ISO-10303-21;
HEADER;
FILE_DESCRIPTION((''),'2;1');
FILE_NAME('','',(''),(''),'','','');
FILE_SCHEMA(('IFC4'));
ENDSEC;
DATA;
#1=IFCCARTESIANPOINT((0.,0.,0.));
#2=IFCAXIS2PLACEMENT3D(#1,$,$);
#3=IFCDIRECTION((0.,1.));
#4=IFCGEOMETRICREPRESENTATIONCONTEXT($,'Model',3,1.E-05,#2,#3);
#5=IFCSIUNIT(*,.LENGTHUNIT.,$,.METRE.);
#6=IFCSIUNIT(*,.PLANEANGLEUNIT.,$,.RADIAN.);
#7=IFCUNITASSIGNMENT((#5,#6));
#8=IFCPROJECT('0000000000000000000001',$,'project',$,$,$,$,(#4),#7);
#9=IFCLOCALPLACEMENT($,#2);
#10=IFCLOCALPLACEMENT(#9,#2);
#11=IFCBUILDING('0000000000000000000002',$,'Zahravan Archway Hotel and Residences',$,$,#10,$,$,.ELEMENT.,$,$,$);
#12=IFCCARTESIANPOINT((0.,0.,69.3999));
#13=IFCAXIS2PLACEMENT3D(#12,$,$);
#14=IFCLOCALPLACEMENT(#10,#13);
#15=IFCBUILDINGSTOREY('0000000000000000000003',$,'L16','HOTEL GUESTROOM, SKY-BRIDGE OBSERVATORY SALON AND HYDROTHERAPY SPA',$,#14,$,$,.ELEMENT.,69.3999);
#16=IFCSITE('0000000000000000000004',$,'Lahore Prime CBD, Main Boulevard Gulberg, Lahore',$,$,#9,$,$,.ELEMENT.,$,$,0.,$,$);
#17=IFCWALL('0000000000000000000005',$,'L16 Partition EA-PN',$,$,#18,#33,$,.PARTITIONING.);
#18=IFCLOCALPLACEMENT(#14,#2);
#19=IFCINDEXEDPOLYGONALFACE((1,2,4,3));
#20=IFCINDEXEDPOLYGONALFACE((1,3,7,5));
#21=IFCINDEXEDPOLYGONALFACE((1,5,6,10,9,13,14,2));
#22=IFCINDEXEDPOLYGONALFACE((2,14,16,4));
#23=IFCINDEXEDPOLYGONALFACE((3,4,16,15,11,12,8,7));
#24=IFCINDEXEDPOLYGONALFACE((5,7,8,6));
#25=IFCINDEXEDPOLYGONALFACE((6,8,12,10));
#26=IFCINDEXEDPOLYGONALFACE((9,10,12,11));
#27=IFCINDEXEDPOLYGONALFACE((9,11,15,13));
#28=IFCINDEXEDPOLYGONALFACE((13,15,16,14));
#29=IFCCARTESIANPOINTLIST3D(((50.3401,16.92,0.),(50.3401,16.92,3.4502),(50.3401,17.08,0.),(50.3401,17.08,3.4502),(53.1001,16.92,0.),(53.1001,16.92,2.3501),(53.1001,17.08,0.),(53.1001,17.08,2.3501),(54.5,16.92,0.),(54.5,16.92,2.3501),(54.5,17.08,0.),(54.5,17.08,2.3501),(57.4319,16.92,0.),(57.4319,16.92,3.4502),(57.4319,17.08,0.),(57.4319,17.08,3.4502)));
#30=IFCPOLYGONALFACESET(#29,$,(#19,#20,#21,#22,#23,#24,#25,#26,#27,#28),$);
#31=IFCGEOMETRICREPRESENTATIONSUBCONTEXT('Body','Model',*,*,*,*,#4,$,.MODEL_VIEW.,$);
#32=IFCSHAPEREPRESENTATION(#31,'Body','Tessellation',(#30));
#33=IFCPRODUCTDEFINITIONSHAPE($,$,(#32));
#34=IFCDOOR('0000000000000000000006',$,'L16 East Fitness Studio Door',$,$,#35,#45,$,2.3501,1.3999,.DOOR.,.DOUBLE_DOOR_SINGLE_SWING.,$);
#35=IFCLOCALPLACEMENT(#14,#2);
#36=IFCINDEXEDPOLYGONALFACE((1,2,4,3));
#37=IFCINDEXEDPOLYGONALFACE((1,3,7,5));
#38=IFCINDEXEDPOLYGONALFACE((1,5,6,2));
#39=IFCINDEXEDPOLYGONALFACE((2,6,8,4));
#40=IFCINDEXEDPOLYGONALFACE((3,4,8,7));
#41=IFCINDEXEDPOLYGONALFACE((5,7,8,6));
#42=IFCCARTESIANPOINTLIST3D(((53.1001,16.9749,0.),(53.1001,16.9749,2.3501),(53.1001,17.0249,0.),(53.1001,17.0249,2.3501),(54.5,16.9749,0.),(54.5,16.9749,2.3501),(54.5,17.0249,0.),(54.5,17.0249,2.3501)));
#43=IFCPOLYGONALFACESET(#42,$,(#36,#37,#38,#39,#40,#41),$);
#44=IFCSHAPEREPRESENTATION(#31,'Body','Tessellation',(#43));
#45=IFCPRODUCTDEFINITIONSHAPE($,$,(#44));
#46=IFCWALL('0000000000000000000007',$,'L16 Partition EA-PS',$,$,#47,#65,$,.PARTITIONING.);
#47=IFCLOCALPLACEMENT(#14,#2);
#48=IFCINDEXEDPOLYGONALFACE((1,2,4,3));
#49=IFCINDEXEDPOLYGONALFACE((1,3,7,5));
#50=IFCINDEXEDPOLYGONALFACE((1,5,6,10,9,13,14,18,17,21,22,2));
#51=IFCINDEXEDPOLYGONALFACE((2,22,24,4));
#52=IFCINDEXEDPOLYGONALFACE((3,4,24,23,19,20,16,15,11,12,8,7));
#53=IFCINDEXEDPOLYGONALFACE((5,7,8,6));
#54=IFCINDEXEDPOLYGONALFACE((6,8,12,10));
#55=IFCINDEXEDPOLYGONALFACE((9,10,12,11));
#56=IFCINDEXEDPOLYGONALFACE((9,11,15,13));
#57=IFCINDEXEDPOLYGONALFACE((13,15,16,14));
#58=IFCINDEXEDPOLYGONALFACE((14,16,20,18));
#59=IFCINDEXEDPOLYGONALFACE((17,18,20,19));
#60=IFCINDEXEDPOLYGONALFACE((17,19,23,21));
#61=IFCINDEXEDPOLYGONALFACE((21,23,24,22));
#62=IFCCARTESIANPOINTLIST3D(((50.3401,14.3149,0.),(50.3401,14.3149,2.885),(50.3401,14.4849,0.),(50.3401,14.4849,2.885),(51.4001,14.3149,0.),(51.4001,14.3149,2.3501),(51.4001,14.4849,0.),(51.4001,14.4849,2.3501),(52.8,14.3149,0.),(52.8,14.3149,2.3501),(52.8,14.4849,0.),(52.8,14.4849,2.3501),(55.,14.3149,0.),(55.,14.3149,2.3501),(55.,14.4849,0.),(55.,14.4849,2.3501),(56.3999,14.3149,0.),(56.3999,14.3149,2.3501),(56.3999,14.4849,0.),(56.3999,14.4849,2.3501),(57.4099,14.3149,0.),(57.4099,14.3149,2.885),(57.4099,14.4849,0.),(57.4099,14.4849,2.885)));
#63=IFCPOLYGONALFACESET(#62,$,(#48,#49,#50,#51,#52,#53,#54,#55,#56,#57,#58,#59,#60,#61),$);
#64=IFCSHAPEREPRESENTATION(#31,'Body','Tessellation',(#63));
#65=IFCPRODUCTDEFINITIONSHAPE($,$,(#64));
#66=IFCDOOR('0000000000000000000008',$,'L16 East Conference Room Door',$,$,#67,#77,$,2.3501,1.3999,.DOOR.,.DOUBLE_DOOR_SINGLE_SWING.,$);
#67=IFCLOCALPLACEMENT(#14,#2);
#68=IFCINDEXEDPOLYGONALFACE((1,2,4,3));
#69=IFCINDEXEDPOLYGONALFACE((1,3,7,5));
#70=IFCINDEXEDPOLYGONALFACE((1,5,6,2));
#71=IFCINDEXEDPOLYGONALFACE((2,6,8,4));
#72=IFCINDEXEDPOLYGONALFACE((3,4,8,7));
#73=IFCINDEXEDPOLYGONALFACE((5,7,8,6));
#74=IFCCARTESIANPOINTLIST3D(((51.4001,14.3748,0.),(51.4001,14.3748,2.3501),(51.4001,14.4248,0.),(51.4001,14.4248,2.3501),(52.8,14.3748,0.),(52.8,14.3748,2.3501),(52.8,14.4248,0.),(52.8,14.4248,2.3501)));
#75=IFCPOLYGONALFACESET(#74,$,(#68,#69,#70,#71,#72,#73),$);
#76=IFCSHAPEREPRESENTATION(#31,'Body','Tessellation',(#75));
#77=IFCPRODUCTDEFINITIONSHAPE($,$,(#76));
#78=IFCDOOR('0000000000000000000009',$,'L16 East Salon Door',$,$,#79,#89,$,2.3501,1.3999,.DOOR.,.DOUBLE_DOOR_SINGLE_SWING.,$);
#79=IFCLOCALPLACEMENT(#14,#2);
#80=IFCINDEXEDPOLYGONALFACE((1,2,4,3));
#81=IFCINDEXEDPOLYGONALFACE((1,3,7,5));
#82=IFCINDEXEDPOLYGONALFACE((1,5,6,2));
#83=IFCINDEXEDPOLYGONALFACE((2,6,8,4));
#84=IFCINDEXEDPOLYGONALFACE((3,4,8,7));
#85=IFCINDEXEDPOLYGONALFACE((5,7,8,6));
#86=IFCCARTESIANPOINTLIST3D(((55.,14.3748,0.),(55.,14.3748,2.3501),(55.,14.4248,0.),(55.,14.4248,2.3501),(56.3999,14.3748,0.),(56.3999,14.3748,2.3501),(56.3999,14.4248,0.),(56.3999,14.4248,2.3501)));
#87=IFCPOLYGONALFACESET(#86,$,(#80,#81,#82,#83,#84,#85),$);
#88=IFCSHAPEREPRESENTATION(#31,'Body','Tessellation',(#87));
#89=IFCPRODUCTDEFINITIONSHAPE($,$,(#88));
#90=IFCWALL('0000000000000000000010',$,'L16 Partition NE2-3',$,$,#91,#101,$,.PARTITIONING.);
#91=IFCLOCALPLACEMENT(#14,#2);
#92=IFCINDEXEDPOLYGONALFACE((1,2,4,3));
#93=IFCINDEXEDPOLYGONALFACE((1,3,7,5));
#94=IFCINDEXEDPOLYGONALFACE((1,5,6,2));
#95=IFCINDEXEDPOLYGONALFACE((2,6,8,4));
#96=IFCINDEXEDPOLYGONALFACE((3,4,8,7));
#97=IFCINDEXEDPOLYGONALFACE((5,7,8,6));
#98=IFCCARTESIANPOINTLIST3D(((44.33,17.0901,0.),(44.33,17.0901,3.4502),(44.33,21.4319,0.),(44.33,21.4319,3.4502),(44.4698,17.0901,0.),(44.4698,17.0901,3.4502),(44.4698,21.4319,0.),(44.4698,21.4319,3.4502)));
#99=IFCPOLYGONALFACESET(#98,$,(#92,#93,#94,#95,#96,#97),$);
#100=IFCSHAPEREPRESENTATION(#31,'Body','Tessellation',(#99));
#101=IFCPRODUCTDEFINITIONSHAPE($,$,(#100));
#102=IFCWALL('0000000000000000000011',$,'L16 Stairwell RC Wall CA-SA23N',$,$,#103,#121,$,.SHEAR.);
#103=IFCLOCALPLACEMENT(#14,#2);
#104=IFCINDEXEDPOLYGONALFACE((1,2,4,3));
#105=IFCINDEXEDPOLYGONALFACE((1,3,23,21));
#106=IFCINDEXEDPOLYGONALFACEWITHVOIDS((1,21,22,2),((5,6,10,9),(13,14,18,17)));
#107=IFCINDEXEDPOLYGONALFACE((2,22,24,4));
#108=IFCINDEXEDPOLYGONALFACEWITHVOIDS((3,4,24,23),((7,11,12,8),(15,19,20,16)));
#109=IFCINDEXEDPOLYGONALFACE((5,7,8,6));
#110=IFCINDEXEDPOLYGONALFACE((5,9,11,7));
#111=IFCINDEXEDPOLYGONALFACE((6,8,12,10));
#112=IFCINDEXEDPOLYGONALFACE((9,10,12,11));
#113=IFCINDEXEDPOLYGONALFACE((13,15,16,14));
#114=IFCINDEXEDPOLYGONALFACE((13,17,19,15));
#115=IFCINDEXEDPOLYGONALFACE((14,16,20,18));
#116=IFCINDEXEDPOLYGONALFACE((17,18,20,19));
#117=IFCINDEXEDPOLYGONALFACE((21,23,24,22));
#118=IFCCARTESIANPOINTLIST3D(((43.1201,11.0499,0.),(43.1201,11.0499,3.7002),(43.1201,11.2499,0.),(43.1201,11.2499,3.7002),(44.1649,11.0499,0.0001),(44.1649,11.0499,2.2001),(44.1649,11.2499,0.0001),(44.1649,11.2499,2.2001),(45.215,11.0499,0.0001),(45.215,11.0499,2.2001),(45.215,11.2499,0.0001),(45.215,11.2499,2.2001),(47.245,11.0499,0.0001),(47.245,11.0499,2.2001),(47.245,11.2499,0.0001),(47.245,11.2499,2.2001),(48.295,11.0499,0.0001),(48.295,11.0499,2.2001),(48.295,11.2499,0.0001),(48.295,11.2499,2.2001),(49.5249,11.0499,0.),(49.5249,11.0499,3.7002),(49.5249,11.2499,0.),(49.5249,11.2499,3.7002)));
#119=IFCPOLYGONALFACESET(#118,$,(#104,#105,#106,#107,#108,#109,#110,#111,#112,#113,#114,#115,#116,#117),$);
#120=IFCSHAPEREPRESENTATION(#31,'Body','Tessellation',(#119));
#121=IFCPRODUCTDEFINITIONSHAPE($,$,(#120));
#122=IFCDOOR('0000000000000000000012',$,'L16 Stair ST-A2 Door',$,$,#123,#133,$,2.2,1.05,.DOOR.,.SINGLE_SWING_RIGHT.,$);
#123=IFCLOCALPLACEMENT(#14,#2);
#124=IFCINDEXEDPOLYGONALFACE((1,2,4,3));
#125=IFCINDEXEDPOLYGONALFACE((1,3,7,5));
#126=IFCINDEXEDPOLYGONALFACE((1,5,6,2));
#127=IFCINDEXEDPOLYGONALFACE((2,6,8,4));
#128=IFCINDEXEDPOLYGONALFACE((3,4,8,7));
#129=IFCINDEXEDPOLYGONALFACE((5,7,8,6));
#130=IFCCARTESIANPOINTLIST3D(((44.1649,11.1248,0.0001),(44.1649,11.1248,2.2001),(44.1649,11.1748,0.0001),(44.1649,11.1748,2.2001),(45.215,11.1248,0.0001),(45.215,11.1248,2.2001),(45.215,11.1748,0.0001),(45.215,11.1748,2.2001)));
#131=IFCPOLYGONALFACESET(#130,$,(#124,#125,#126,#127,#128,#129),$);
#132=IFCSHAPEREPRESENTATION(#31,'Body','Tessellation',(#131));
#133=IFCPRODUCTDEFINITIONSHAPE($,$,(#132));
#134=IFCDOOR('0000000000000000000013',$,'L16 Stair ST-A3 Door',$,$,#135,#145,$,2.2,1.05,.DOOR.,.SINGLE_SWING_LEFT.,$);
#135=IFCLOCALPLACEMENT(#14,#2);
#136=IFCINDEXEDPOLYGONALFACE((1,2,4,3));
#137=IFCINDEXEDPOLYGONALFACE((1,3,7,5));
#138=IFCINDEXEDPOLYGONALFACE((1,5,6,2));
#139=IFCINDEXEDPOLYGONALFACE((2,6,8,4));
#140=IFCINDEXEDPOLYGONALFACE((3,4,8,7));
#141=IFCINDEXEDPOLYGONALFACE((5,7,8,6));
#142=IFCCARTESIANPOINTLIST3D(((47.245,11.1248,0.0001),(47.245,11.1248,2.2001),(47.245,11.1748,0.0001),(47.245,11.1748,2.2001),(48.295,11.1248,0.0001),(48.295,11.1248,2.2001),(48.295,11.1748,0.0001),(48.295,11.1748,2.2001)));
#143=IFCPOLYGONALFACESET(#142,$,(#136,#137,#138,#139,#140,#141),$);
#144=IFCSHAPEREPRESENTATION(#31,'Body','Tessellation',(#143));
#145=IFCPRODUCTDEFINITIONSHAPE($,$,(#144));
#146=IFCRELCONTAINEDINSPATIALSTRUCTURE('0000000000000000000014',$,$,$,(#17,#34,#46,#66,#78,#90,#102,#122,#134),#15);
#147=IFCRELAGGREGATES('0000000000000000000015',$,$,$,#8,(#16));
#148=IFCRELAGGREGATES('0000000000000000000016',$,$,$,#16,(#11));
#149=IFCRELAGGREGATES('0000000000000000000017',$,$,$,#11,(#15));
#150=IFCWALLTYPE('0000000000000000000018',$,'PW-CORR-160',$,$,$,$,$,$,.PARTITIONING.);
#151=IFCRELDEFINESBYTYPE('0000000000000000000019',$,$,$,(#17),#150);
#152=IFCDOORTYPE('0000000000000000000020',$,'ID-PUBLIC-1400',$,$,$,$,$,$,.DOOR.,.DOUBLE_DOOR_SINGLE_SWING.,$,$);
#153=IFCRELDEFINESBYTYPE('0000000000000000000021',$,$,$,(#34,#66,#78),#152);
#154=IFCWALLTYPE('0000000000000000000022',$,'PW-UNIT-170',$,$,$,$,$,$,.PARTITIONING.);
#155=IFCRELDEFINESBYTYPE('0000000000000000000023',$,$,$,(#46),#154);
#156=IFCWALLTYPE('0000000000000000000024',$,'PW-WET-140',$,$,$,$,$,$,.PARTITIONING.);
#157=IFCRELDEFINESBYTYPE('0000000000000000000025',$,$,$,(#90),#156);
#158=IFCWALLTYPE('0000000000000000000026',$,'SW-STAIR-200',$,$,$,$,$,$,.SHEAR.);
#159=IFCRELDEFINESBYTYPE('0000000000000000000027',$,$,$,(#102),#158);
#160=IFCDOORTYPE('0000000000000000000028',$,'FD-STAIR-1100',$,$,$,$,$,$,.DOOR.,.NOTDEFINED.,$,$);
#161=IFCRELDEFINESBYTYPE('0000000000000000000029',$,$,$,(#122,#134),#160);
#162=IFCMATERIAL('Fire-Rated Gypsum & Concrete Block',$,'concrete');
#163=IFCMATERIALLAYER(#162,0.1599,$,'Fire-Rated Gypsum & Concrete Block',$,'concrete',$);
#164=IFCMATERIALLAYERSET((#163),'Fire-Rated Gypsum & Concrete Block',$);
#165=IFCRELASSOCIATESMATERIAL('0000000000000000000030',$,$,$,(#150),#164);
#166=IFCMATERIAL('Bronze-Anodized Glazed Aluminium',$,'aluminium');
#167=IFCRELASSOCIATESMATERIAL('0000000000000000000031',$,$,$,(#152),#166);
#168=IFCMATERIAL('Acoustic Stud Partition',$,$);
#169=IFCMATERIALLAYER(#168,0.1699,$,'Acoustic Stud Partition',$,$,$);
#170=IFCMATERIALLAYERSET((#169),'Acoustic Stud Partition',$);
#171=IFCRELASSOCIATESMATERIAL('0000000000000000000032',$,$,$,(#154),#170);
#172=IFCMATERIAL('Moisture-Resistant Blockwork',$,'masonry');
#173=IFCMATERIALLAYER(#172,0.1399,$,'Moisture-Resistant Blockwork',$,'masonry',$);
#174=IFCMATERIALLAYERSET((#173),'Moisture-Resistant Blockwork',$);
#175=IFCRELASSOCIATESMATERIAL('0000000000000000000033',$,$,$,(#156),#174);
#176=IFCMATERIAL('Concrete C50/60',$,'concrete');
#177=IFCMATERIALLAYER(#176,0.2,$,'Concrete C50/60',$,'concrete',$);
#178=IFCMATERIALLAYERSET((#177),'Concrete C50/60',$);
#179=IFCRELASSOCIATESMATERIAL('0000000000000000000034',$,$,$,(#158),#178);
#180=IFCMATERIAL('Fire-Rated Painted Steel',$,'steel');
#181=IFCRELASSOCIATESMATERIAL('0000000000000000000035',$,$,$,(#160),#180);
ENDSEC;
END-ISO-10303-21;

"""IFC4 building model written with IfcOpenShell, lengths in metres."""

from ifc_helpers import new_model, si_unit, direction, frame, frame_2d, origin, place, context, subcontext, project, spatial, rectangle, extrude, source, transform, mapped, material, layer, layer_set, type_object, type_shapes, element, fill, save


model = new_model("IFC4")

# Units and contexts
model_context = context("Model", 3, precision=1e-05, world=origin(), true_north=direction((0.0, 1.0)))
body_context = subcontext(model_context, "Body", "Model", "MODEL_VIEW")
ifc_project = project(units=[si_unit("LENGTHUNIT", "METRE"), si_unit("PLANEANGLEUNIT", "RADIAN")], contexts=[model_context])

# Site, building, storey
site_placement = place(None, origin())
site = spatial("IfcSite", under=ifc_project, at=site_placement, Name="Lahore Prime CBD, Main Boulevard Gulberg, Lahore", CompositionType="ELEMENT", RefElevation=0.0)
building_placement = place(site_placement, origin())
building = spatial("IfcBuilding", under=site, at=building_placement, Name="Zahravan Archway Hotel and Residences", CompositionType="ELEMENT")
storey_placement = place(building_placement, frame((0.0, 0.0, 69.3999)))
storey = spatial("IfcBuildingStorey", under=building, at=storey_placement, Name="L16", Description="HOTEL GUESTROOM, SKY-BRIDGE OBSERVATORY SALON AND HYDROTHERAPY SPA", CompositionType="ELEMENT", Elevation=69.3999)

# Wall, opening, door
ifc_material_1 = material(Name="Fire-Rated Gypsum & Concrete Block", Category="concrete")
ifc_material_2 = material(Name="Fire-Rated Painted Steel", Category="steel")
ifc_layer_1 = layer(ifc_material_1, 0.1599, Name="Fire-Rated Gypsum & Concrete Block", Category="concrete")
ifc_layer_set_1 = layer_set([ifc_layer_1], Name="Fire-Rated Gypsum & Concrete Block")
wall_type_1 = type_object("IfcWallType", Name="PW-CORR-160", PredefinedType="PARTITIONING", material=ifc_layer_set_1)
wall_1_placement = place(storey_placement, frame((50.3401, 17.0, 0.0), z_axis=(0.0, 0.0, 1.0), x_axis=(1.0, 0.0, 0.0)))
wall_1 = element("IfcWall", 1, at=wall_1_placement, inside=storey, type_object=wall_type_1, Name="L16 Partition EA-PN", PredefinedType="PARTITIONING", context=body_context, shape_type="SweptSolid", body=[
    extrude(rectangle(XDim=7.0918, YDim=0.1599, at=frame_2d((3.5459, 0.0))), origin(), (0.0, 0.0, 1.0), 3.4502),
])
opening_1_placement = place(wall_1_placement, frame((2.76, 0.0, 0.0)))
opening_1 = element("IfcOpeningElement", 2, at=opening_1_placement, cuts=wall_1, PredefinedType="OPENING", context=body_context, shape_type="SweptSolid", body=[
    extrude(rectangle(XDim=1.3999, YDim=2.3501, at=frame_2d((0.7, 1.175))), frame((0.0, 0.0898, 0.0), z_axis=(0.0, -1.0, 0.0), x_axis=(1.0, 0.0, 0.0)), (0.0, 0.0, 1.0), 0.1799),
])
ifc_material_3 = material(Name="Bronze-Anodized Glazed Aluminium", Category="aluminium")
door_type_1 = type_object("IfcDoorType", Name="ID-PUBLIC-1400", OperationType="DOUBLE_DOOR_SINGLE_SWING", PredefinedType="DOOR", material=ifc_material_3)
shared_shape_1 = source(origin(), body_context, "Body", "SweptSolid", [
    extrude(rectangle(XDim=1.3999, YDim=2.3501, at=frame_2d((0.7, 1.175))), frame((0.0, 0.0249, 0.0), z_axis=(0.0, -1.0, 0.0), x_axis=(1.0, 0.0, 0.0)), (0.0, 0.0, 1.0), 0.05),
])
type_shapes(door_type_1, [shared_shape_1])
door_1_placement = place(opening_1_placement, origin())
door_1 = element("IfcDoor", 3, at=door_1_placement, inside=storey, type_object=door_type_1, Name="L16 East Fitness Studio Door", OperationType="DOUBLE_DOOR_SINGLE_SWING", OverallHeight=2.3501, OverallWidth=1.3999, PredefinedType="DOOR", context=body_context, shape_type="MappedRepresentation", body=[
    mapped(shared_shape_1, transform((0.0, 0.0, 0.0), scale=1.0)),
])
fill(opening_1, door_1)

# Wall, openings, doors
ifc_material_4 = material(Name="Acoustic Stud Partition")
ifc_layer_2 = layer(ifc_material_4, 0.1699, Name="Acoustic Stud Partition")
ifc_layer_set_2 = layer_set([ifc_layer_2], Name="Acoustic Stud Partition")
wall_type_2 = type_object("IfcWallType", Name="PW-UNIT-170", PredefinedType="PARTITIONING", material=ifc_layer_set_2)
wall_2_placement = place(storey_placement, frame((50.3401, 14.3999, 0.0), z_axis=(0.0, 0.0, 1.0), x_axis=(1.0, 0.0, 0.0)))
wall_2 = element("IfcWall", 4, at=wall_2_placement, inside=storey, type_object=wall_type_2, Name="L16 Partition EA-PS", PredefinedType="PARTITIONING", context=body_context, shape_type="SweptSolid", body=[
    extrude(rectangle(XDim=7.0698, YDim=0.1699, at=frame_2d((3.5349, 0.0))), origin(), (0.0, 0.0, 1.0), 2.885),
])
opening_2_placement = place(wall_2_placement, frame((1.0601, 0.0, 0.0)))
opening_2 = element("IfcOpeningElement", 5, at=opening_2_placement, cuts=wall_2, PredefinedType="OPENING", context=body_context, shape_type="SweptSolid", body=[
    extrude(rectangle(XDim=1.3999, YDim=2.3501, at=frame_2d((0.7, 1.175))), frame((0.0, 0.095, 0.0), z_axis=(0.0, -1.0, 0.0), x_axis=(1.0, 0.0, 0.0)), (0.0, 0.0, 1.0), 0.1899),
])
opening_3_placement = place(wall_2_placement, frame((4.6599, 0.0, 0.0)))
opening_3 = element("IfcOpeningElement", 6, at=opening_3_placement, cuts=wall_2, PredefinedType="OPENING", context=body_context, shape_type="SweptSolid", body=[
    extrude(rectangle(XDim=1.3999, YDim=2.3501, at=frame_2d((0.7, 1.175))), frame((0.0, 0.095, 0.0), z_axis=(0.0, -1.0, 0.0), x_axis=(1.0, 0.0, 0.0)), (0.0, 0.0, 1.0), 0.1899),
])
door_2_placement = place(opening_2_placement, origin())
door_2 = element("IfcDoor", 7, at=door_2_placement, inside=storey, type_object=door_type_1, Name="L16 East Conference Room Door", OperationType="DOUBLE_DOOR_SINGLE_SWING", OverallHeight=2.3501, OverallWidth=1.3999, PredefinedType="DOOR", context=body_context, shape_type="MappedRepresentation", body=[
    mapped(shared_shape_1, transform((0.0, 0.0, 0.0), scale=1.0)),
])
fill(opening_2, door_2)
door_3_placement = place(opening_3_placement, origin())
door_3 = element("IfcDoor", 8, at=door_3_placement, inside=storey, type_object=door_type_1, Name="L16 East Salon Door", OperationType="DOUBLE_DOOR_SINGLE_SWING", OverallHeight=2.3501, OverallWidth=1.3999, PredefinedType="DOOR", context=body_context, shape_type="MappedRepresentation", body=[
    mapped(shared_shape_1, transform((0.0, 0.0, 0.0), scale=1.0)),
])
fill(opening_3, door_3)

# Wall
ifc_material_5 = material(Name="Moisture-Resistant Blockwork", Category="masonry")
ifc_layer_3 = layer(ifc_material_5, 0.1399, Name="Moisture-Resistant Blockwork", Category="masonry")
ifc_layer_set_3 = layer_set([ifc_layer_3], Name="Moisture-Resistant Blockwork")
wall_type_3 = type_object("IfcWallType", Name="PW-WET-140", PredefinedType="PARTITIONING", material=ifc_layer_set_3)
wall_3_placement = place(storey_placement, frame((44.3999, 17.0901, 0.0), z_axis=(0.0, 0.0, 1.0), x_axis=(0.0, 1.0, 0.0)))
element("IfcWall", 9, at=wall_3_placement, inside=storey, type_object=wall_type_3, Name="L16 Partition NE2-3", PredefinedType="PARTITIONING", context=body_context, shape_type="SweptSolid", body=[
    extrude(rectangle(XDim=4.3418, YDim=0.1399, at=frame_2d((2.1709, 0.0))), origin(), (0.0, 0.0, 1.0), 3.4502),
])

# Wall, openings, doors
ifc_material_6 = material(Name="Concrete C50/60", Category="concrete")
ifc_layer_4 = layer(ifc_material_6, 0.2, Name="Concrete C50/60", Category="concrete")
ifc_layer_set_4 = layer_set([ifc_layer_4], Name="Concrete C50/60")
wall_type_4 = type_object("IfcWallType", Name="SW-STAIR-200", PredefinedType="SHEAR", material=ifc_layer_set_4)
wall_4_placement = place(storey_placement, frame((43.1201, 11.1499, 0.0), z_axis=(0.0, 0.0, 1.0), x_axis=(1.0, 0.0, 0.0)))
wall_4 = element("IfcWall", 10, at=wall_4_placement, inside=storey, type_object=wall_type_4, Name="L16 Stairwell RC Wall CA-SA23N", PredefinedType="SHEAR", context=body_context, shape_type="SweptSolid", body=[
    extrude(rectangle(XDim=6.4048, YDim=0.2, at=frame_2d((3.2024, 0.0))), origin(), (0.0, 0.0, 1.0), 3.7002),
])
opening_4_placement = place(wall_4_placement, frame((1.0449, 0.0, 0.0)))
opening_4 = element("IfcOpeningElement", 11, at=opening_4_placement, cuts=wall_4, PredefinedType="OPENING", context=body_context, shape_type="SweptSolid", body=[
    extrude(rectangle(XDim=1.05, YDim=2.2, at=frame_2d((0.5249, 1.1001))), frame((0.0, 0.1099, 0.0), z_axis=(0.0, -1.0, 0.0), x_axis=(1.0, 0.0, 0.0)), (0.0, 0.0, 1.0), 0.22),
])
opening_5_placement = place(wall_4_placement, frame((4.125, 0.0, 0.0)))
opening_5 = element("IfcOpeningElement", 12, at=opening_5_placement, cuts=wall_4, PredefinedType="OPENING", context=body_context, shape_type="SweptSolid", body=[
    extrude(rectangle(XDim=1.05, YDim=2.2, at=frame_2d((0.5249, 1.1001))), frame((0.0, 0.1099, 0.0), z_axis=(0.0, -1.0, 0.0), x_axis=(1.0, 0.0, 0.0)), (0.0, 0.0, 1.0), 0.22),
])
door_type_2 = type_object("IfcDoorType", Name="FD-STAIR-1100", OperationType="NOTDEFINED", PredefinedType="DOOR", material=ifc_material_2)
shared_shape_2 = source(origin(), body_context, "Body", "SweptSolid", [
    extrude(rectangle(XDim=1.05, YDim=2.2, at=frame_2d((0.5249, 1.1001))), frame((0.0, 0.0249, 0.0), z_axis=(0.0, -1.0, 0.0), x_axis=(1.0, 0.0, 0.0)), (0.0, 0.0, 1.0), 0.05),
])
type_shapes(door_type_2, [shared_shape_2])
door_4_placement = place(opening_4_placement, origin())
door_4 = element("IfcDoor", 13, at=door_4_placement, inside=storey, type_object=door_type_2, Name="L16 Stair ST-A2 Door", OperationType="SINGLE_SWING_RIGHT", OverallHeight=2.2, OverallWidth=1.05, PredefinedType="DOOR", context=body_context, shape_type="MappedRepresentation", body=[
    mapped(shared_shape_2, transform((0.0, 0.0, 0.0), scale=1.0)),
])
fill(opening_4, door_4)
door_5_placement = place(opening_5_placement, origin())
door_5 = element("IfcDoor", 14, at=door_5_placement, inside=storey, type_object=door_type_2, Name="L16 Stair ST-A3 Door", OperationType="SINGLE_SWING_LEFT", OverallHeight=2.2, OverallWidth=1.05, PredefinedType="DOOR", context=body_context, shape_type="MappedRepresentation", body=[
    mapped(shared_shape_2, transform((0.0, 0.0, 0.0), scale=1.0)),
])
fill(opening_5, door_5)

save(model, "model.ifc")
